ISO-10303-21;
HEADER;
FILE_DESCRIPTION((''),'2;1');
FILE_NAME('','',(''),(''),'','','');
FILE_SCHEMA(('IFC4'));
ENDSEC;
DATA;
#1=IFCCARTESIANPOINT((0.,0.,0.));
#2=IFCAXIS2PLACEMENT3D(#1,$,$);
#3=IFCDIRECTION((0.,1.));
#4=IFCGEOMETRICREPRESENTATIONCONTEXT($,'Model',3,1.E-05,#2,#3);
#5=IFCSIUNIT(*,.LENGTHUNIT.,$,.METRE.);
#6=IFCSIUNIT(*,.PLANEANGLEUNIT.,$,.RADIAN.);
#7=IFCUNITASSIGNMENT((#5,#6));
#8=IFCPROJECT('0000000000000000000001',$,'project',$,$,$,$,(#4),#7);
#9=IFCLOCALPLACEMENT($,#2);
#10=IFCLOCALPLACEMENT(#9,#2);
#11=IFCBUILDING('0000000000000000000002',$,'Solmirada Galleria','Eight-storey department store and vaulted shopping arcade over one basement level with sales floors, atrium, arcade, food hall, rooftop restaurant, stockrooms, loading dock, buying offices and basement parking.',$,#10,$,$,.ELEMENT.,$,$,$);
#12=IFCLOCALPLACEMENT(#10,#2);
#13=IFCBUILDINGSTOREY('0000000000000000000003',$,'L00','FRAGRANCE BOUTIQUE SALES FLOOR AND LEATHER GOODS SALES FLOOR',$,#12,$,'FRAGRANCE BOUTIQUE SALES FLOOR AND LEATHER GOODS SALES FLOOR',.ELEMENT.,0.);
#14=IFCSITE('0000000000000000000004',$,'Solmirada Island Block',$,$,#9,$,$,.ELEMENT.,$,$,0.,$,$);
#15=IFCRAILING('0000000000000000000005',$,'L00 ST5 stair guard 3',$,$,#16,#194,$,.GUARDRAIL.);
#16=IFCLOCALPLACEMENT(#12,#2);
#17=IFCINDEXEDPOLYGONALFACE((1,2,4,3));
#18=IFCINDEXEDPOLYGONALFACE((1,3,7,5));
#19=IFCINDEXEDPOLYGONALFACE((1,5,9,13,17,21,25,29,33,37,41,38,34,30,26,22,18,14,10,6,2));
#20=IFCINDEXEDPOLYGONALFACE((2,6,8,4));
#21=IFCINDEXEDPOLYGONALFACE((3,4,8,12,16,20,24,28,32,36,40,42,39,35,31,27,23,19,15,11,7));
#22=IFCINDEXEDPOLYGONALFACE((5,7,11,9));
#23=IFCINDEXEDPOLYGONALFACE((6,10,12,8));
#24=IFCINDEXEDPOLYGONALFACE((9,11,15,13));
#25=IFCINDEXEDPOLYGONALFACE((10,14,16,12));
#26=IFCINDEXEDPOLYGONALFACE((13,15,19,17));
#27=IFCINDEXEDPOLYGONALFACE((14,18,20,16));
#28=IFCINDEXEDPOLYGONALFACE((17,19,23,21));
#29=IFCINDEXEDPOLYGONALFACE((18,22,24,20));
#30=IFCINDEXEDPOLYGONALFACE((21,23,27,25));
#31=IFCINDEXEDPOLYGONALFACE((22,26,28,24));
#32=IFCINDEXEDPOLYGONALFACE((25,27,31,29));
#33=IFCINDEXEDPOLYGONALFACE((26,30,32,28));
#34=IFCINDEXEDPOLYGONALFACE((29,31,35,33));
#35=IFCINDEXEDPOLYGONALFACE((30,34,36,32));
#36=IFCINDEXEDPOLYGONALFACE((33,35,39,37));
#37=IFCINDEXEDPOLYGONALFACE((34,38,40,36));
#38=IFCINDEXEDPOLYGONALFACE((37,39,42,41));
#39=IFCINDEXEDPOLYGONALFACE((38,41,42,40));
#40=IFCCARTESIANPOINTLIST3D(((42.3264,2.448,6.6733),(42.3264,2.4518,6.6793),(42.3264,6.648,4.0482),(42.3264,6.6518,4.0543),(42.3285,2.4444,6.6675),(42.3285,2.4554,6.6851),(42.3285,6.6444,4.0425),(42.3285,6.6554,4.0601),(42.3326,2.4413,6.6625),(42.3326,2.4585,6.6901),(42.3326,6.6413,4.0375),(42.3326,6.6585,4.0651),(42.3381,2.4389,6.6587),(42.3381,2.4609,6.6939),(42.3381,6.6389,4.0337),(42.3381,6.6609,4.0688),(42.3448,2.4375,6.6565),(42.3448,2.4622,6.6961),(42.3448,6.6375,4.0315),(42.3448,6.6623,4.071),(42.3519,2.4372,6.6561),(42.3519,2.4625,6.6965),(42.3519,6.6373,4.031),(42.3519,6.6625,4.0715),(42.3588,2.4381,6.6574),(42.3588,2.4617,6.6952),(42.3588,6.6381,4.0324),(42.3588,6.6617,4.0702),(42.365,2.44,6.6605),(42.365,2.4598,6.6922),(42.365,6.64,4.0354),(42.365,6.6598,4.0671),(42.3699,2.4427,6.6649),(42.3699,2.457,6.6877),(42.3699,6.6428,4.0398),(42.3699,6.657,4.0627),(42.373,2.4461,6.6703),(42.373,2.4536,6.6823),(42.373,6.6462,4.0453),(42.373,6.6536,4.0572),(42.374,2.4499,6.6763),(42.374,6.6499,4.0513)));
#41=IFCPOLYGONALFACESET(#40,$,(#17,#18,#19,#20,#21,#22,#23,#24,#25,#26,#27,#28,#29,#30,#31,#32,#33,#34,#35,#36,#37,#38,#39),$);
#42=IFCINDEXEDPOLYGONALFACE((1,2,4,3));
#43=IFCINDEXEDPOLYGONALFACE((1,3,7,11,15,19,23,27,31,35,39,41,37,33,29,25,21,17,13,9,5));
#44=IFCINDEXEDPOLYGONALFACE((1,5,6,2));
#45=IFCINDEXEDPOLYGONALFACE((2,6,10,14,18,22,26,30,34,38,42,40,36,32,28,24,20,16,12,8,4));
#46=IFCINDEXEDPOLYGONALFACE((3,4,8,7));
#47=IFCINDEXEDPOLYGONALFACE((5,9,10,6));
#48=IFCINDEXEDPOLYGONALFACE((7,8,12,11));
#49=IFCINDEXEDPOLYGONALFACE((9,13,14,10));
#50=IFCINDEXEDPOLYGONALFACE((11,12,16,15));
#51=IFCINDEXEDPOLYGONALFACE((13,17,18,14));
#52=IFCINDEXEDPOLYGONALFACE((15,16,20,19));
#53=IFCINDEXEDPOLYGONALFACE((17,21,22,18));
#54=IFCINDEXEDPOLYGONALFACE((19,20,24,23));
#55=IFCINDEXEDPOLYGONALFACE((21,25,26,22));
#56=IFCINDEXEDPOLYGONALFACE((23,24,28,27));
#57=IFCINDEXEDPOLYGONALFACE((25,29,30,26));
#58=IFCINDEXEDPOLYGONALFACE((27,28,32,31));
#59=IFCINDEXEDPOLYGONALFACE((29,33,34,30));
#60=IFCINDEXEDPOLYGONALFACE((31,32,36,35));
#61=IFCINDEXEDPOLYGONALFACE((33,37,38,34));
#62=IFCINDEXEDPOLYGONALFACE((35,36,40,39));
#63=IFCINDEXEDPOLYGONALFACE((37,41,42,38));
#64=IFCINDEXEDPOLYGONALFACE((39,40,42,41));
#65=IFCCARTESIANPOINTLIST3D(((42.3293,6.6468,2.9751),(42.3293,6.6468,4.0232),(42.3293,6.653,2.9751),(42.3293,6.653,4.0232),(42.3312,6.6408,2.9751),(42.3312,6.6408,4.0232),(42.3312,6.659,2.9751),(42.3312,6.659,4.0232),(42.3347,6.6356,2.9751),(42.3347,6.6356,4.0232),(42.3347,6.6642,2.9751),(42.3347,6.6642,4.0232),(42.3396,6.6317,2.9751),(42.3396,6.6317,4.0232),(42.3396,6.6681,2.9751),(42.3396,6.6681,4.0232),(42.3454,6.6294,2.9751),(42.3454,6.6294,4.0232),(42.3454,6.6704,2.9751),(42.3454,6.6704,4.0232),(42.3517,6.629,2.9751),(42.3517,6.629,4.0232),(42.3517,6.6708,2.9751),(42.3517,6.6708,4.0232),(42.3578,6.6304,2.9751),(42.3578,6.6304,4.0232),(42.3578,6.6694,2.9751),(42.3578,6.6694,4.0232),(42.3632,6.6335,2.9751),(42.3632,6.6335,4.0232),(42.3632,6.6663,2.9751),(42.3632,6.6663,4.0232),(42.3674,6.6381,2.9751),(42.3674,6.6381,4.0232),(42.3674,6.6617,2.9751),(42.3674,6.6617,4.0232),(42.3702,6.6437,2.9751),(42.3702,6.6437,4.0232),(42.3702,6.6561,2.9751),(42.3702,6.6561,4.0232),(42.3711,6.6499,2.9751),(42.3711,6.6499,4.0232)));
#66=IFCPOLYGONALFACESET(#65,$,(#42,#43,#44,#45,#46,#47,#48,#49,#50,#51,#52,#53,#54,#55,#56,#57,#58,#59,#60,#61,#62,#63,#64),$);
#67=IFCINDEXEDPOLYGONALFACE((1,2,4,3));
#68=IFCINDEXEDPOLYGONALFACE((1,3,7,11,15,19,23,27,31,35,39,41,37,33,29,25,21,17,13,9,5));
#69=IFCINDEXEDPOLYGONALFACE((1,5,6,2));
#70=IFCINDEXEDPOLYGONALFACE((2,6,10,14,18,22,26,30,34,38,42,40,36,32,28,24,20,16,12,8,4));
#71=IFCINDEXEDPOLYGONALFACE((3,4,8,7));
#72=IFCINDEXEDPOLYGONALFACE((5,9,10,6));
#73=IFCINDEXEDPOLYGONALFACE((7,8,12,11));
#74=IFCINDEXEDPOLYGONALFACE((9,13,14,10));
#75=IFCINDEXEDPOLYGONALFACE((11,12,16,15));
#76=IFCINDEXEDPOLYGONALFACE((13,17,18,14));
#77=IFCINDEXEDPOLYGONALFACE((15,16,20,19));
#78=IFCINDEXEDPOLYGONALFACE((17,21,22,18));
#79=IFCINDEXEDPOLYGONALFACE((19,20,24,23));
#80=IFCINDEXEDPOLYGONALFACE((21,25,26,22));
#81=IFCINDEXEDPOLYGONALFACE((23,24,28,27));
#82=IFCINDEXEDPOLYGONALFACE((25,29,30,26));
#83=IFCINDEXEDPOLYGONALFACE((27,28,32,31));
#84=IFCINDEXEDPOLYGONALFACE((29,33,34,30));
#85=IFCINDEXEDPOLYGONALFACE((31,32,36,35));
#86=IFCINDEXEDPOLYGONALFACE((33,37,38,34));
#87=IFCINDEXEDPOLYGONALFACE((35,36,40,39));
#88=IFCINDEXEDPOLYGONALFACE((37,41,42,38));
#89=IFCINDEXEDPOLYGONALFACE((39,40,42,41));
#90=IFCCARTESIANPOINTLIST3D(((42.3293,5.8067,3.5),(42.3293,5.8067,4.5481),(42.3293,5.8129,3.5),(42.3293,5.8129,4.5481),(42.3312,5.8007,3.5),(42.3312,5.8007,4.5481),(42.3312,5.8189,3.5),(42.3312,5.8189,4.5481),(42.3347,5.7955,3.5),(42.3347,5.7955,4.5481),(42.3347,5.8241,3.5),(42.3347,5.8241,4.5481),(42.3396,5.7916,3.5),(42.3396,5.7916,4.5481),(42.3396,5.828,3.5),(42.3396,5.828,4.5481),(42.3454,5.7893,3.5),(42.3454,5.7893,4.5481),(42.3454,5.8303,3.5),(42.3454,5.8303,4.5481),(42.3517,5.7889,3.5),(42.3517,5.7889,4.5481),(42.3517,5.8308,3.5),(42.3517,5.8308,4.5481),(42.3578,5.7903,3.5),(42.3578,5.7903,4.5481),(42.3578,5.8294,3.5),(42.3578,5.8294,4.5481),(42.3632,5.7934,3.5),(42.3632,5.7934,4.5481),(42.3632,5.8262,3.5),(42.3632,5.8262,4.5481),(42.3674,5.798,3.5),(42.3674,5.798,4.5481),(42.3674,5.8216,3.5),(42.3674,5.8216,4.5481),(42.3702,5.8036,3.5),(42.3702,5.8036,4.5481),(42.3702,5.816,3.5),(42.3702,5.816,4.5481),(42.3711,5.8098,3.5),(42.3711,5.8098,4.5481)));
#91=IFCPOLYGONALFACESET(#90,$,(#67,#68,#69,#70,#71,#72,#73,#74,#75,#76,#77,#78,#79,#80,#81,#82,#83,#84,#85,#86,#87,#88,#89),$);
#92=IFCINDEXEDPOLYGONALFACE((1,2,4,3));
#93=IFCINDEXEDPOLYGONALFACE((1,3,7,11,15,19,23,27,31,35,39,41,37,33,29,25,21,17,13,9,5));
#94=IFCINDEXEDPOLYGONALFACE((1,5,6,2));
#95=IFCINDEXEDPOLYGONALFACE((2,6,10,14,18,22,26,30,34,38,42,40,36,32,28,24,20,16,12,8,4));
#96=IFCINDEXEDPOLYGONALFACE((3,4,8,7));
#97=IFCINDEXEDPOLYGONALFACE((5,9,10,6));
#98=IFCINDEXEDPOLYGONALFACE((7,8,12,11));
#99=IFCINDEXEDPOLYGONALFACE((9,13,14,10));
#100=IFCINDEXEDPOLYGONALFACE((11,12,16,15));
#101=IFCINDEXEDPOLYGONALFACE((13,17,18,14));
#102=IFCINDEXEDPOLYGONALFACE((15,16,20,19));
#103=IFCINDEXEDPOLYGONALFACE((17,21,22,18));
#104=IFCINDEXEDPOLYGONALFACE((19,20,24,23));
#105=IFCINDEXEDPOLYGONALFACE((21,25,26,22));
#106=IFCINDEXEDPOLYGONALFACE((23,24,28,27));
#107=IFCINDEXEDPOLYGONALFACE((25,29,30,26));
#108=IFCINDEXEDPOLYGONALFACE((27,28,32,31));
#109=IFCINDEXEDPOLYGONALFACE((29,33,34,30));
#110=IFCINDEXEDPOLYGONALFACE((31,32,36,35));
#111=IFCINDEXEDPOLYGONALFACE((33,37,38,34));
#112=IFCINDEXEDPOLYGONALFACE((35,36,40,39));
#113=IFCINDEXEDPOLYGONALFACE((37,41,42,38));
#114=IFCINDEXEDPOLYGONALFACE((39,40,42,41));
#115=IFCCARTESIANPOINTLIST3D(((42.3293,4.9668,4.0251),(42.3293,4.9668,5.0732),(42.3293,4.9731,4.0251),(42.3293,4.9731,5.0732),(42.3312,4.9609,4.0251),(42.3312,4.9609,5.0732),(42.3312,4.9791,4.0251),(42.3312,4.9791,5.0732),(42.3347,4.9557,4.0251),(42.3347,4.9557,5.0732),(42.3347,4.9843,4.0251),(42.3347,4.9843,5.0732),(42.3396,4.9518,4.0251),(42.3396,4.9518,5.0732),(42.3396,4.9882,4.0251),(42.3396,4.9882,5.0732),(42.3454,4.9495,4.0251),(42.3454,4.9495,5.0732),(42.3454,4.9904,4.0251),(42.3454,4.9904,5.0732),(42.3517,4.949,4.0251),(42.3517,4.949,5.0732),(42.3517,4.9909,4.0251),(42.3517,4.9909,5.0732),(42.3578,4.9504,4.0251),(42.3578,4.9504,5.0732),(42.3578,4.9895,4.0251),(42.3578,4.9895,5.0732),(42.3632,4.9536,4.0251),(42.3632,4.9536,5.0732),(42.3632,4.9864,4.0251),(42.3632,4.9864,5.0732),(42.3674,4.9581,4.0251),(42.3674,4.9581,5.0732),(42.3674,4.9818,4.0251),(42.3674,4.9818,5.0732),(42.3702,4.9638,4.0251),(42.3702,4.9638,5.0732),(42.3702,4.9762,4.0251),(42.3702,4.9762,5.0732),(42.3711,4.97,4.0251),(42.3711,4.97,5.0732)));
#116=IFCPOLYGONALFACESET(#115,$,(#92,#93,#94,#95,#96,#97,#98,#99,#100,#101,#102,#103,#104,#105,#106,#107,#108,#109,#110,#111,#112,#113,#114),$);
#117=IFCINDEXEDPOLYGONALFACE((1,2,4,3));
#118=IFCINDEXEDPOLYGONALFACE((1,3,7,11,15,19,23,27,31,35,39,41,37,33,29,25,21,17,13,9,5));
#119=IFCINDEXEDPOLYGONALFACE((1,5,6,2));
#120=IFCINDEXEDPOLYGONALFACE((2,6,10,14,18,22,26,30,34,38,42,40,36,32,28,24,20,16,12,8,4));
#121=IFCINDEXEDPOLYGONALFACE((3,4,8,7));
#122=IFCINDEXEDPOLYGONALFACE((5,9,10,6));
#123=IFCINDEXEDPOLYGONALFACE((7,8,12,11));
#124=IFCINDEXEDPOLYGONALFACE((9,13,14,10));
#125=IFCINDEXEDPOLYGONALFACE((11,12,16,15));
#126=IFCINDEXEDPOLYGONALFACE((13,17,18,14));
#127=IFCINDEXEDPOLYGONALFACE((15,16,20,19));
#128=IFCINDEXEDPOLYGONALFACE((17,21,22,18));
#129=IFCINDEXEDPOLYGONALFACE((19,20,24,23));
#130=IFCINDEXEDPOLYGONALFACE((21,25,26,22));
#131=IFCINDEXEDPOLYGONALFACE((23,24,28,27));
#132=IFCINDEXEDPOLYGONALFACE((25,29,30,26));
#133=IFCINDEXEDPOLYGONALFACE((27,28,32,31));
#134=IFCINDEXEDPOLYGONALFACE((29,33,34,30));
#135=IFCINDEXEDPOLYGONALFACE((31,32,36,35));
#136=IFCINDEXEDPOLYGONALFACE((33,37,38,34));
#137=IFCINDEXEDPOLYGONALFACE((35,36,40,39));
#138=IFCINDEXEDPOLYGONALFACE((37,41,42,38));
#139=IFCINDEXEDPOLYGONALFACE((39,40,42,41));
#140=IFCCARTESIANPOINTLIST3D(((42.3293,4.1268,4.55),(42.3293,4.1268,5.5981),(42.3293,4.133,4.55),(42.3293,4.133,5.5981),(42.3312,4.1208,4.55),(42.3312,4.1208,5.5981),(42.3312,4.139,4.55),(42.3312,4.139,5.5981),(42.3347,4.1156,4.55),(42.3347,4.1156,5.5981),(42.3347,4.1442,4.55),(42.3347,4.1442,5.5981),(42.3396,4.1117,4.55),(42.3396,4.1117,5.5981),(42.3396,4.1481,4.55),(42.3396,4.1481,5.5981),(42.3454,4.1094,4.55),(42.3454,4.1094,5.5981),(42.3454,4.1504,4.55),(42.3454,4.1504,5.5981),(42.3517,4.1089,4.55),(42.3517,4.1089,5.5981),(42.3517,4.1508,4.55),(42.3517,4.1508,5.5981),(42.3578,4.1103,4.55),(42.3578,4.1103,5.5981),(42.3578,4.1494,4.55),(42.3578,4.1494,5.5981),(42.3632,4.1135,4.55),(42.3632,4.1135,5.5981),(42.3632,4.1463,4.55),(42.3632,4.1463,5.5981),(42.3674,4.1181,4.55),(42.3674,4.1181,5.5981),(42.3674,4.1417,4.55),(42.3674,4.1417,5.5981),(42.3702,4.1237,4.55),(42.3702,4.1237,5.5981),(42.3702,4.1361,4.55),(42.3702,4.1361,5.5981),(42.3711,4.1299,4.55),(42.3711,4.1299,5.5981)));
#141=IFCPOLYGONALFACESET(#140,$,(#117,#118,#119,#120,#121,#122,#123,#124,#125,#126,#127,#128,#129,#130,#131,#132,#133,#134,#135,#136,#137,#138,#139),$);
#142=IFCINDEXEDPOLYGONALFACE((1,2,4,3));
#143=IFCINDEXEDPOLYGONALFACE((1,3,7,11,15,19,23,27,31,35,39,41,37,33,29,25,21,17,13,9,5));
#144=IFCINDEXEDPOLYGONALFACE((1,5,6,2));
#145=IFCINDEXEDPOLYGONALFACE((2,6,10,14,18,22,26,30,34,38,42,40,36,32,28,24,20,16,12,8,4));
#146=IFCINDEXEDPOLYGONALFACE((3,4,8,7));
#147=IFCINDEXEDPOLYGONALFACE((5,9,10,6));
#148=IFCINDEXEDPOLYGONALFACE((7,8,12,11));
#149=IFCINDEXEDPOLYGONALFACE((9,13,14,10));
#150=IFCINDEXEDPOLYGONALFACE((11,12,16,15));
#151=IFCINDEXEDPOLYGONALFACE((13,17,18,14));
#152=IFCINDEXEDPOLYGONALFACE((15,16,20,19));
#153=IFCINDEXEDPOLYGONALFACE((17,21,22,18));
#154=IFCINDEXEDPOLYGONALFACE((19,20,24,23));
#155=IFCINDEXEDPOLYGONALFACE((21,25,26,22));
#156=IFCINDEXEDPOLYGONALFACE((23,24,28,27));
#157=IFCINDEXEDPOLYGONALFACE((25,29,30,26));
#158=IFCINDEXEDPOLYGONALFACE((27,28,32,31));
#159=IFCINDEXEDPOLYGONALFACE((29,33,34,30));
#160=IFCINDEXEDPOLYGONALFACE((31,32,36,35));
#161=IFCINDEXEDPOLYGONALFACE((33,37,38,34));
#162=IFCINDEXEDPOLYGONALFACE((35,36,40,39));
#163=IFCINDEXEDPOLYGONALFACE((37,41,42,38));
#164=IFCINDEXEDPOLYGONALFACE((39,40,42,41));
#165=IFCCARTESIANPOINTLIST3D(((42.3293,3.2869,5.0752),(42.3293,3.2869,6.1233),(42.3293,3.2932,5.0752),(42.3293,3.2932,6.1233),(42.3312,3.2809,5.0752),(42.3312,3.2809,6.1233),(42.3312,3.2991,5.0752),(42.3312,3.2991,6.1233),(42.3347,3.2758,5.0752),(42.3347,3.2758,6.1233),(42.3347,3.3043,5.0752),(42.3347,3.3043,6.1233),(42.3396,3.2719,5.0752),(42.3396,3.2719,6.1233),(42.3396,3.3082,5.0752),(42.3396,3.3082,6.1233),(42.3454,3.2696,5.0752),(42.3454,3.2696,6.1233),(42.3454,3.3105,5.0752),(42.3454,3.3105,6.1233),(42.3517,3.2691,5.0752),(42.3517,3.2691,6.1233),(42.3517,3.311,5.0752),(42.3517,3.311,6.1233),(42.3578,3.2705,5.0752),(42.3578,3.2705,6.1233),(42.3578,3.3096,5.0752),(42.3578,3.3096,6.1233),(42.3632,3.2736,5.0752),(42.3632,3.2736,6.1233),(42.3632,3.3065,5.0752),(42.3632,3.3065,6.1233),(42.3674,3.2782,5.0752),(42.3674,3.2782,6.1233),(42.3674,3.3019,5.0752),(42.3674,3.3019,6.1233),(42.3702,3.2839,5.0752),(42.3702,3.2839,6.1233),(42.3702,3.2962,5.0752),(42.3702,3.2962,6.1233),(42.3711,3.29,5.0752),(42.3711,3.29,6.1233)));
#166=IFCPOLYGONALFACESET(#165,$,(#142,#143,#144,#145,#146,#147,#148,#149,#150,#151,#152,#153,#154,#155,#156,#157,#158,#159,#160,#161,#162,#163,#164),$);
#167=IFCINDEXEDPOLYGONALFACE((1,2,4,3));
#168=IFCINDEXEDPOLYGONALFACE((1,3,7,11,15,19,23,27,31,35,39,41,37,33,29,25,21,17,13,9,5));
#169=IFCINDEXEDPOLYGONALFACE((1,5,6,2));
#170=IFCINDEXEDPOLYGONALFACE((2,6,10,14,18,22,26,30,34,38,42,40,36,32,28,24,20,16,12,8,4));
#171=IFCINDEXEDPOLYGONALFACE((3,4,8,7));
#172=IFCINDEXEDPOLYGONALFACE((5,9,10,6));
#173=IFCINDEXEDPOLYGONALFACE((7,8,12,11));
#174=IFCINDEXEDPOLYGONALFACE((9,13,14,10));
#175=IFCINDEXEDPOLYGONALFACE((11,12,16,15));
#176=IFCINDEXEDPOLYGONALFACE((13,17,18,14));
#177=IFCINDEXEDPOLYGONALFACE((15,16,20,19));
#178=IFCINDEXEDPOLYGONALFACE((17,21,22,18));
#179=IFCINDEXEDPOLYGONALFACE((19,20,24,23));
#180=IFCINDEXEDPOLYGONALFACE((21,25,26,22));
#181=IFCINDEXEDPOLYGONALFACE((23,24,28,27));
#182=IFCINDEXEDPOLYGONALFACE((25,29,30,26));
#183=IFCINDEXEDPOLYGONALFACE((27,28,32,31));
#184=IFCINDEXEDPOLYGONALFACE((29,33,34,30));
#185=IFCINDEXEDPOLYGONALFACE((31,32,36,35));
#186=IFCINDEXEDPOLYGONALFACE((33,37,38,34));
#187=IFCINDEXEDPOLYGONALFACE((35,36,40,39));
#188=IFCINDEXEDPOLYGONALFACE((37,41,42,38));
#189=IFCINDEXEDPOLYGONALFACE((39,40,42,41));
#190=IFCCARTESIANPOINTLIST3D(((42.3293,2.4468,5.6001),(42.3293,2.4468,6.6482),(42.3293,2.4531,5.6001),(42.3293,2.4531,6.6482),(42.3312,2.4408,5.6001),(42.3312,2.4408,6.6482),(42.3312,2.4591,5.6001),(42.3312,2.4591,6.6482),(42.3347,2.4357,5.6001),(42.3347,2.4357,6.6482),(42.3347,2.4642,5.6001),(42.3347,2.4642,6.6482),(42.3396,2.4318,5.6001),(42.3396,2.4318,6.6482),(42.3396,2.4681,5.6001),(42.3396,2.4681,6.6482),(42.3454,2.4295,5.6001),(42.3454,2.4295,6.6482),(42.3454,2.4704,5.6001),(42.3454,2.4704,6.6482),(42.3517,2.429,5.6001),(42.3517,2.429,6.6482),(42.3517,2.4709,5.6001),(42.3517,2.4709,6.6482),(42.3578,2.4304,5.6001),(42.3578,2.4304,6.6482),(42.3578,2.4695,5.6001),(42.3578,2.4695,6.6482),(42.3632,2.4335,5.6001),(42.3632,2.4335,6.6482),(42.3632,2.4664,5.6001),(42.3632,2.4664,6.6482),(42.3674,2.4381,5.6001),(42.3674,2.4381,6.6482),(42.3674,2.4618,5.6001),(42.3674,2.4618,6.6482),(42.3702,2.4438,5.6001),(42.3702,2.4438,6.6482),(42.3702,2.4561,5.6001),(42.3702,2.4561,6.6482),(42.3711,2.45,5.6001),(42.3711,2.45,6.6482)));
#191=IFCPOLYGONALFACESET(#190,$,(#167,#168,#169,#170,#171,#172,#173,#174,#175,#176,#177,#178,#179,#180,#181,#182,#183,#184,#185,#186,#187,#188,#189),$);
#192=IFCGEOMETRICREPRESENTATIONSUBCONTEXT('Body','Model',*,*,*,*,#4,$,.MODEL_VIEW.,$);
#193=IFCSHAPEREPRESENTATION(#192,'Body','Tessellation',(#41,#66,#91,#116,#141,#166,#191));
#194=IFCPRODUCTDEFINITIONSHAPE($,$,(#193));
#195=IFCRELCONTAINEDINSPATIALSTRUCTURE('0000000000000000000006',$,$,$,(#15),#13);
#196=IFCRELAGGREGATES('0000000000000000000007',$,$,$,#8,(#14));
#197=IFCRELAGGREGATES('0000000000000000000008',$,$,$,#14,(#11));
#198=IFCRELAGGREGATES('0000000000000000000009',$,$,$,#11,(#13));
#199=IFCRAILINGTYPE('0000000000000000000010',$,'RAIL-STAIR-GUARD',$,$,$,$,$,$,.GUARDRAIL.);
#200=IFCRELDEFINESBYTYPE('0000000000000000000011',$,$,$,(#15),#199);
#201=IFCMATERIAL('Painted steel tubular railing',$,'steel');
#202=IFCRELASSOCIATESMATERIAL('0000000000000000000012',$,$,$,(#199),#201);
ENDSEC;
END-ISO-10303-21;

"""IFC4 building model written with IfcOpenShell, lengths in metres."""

from ifc_helpers import new_model, si_unit, direction, frame, origin, origin_2d, place, context, subcontext, project, spatial, circle, extrude, material, type_object, element, save


model = new_model("IFC4")

# Units and contexts
model_context = context("Model", 3, precision=1e-05, world=origin(), true_north=direction((0.0, 1.0)))
body_context = subcontext(model_context, "Body", "Model", "MODEL_VIEW")
ifc_project = project(units=[si_unit("LENGTHUNIT", "METRE"), si_unit("PLANEANGLEUNIT", "RADIAN")], contexts=[model_context])

# Site, building, storey
site_placement = place(None, origin())
site = spatial("IfcSite", under=ifc_project, at=site_placement, Name="Solmirada Island Block", CompositionType="ELEMENT", RefElevation=0.0)
building_placement = place(site_placement, origin())
building = spatial("IfcBuilding", under=site, at=building_placement, Name="Solmirada Galleria", Description="Eight-storey department store and vaulted shopping arcade over one basement level with sales floors, atrium, arcade, food hall, rooftop restaurant, stockrooms, loading dock, buying offices and basement parking.", CompositionType="ELEMENT")
storey_placement = place(building_placement, origin())
storey = spatial("IfcBuildingStorey", under=building, at=storey_placement, Name="L00", Description="FRAGRANCE BOUTIQUE SALES FLOOR AND LEATHER GOODS SALES FLOOR", LongName="FRAGRANCE BOUTIQUE SALES FLOOR AND LEATHER GOODS SALES FLOOR", CompositionType="ELEMENT", Elevation=0.0)

# Railing
ifc_material_1 = material(Name="Painted steel tubular railing", Category="steel")
railing_type_1 = type_object("IfcRailingType", Name="RAIL-STAIR-GUARD", PredefinedType="GUARDRAIL", material=ifc_material_1)
railing_1_placement = place(storey_placement, frame((42.3501, 6.6499, 2.9751)))
element("IfcRailing", 1, at=railing_1_placement, inside=storey, type_object=railing_type_1, Name="L00 ST5 stair guard 3", PredefinedType="GUARDRAIL", context=body_context, shape_type="SweptSolid", body=[
    extrude(circle(Radius=0.0239, at=origin_2d()), frame((0.0, 0.0, 1.0762), z_axis=(0.0, -0.847996, 0.530003), x_axis=(1.0, 0.0, 0.0)), (0.0, 0.0, 1.0), 4.9529),
    extrude(circle(Radius=0.021, at=origin_2d()), origin(), (0.0, 0.0, 1.0), 1.0481),
    extrude(circle(Radius=0.021, at=origin_2d()), frame((0.0, -0.8401, 0.5249)), (0.0, 0.0, 1.0), 1.0481),
    extrude(circle(Radius=0.021, at=origin_2d()), frame((0.0, -1.6799, 1.05)), (0.0, 0.0, 1.0), 1.0481),
    extrude(circle(Radius=0.021, at=origin_2d()), frame((0.0, -2.52, 1.575)), (0.0, 0.0, 1.0), 1.0481),
    extrude(circle(Radius=0.021, at=origin_2d()), frame((0.0, -3.3599, 2.1001)), (0.0, 0.0, 1.0), 1.0481),
    extrude(circle(Radius=0.021, at=origin_2d()), frame((0.0, -4.2, 2.625)), (0.0, 0.0, 1.0), 1.0481),
])

save(model, "model.ifc")
